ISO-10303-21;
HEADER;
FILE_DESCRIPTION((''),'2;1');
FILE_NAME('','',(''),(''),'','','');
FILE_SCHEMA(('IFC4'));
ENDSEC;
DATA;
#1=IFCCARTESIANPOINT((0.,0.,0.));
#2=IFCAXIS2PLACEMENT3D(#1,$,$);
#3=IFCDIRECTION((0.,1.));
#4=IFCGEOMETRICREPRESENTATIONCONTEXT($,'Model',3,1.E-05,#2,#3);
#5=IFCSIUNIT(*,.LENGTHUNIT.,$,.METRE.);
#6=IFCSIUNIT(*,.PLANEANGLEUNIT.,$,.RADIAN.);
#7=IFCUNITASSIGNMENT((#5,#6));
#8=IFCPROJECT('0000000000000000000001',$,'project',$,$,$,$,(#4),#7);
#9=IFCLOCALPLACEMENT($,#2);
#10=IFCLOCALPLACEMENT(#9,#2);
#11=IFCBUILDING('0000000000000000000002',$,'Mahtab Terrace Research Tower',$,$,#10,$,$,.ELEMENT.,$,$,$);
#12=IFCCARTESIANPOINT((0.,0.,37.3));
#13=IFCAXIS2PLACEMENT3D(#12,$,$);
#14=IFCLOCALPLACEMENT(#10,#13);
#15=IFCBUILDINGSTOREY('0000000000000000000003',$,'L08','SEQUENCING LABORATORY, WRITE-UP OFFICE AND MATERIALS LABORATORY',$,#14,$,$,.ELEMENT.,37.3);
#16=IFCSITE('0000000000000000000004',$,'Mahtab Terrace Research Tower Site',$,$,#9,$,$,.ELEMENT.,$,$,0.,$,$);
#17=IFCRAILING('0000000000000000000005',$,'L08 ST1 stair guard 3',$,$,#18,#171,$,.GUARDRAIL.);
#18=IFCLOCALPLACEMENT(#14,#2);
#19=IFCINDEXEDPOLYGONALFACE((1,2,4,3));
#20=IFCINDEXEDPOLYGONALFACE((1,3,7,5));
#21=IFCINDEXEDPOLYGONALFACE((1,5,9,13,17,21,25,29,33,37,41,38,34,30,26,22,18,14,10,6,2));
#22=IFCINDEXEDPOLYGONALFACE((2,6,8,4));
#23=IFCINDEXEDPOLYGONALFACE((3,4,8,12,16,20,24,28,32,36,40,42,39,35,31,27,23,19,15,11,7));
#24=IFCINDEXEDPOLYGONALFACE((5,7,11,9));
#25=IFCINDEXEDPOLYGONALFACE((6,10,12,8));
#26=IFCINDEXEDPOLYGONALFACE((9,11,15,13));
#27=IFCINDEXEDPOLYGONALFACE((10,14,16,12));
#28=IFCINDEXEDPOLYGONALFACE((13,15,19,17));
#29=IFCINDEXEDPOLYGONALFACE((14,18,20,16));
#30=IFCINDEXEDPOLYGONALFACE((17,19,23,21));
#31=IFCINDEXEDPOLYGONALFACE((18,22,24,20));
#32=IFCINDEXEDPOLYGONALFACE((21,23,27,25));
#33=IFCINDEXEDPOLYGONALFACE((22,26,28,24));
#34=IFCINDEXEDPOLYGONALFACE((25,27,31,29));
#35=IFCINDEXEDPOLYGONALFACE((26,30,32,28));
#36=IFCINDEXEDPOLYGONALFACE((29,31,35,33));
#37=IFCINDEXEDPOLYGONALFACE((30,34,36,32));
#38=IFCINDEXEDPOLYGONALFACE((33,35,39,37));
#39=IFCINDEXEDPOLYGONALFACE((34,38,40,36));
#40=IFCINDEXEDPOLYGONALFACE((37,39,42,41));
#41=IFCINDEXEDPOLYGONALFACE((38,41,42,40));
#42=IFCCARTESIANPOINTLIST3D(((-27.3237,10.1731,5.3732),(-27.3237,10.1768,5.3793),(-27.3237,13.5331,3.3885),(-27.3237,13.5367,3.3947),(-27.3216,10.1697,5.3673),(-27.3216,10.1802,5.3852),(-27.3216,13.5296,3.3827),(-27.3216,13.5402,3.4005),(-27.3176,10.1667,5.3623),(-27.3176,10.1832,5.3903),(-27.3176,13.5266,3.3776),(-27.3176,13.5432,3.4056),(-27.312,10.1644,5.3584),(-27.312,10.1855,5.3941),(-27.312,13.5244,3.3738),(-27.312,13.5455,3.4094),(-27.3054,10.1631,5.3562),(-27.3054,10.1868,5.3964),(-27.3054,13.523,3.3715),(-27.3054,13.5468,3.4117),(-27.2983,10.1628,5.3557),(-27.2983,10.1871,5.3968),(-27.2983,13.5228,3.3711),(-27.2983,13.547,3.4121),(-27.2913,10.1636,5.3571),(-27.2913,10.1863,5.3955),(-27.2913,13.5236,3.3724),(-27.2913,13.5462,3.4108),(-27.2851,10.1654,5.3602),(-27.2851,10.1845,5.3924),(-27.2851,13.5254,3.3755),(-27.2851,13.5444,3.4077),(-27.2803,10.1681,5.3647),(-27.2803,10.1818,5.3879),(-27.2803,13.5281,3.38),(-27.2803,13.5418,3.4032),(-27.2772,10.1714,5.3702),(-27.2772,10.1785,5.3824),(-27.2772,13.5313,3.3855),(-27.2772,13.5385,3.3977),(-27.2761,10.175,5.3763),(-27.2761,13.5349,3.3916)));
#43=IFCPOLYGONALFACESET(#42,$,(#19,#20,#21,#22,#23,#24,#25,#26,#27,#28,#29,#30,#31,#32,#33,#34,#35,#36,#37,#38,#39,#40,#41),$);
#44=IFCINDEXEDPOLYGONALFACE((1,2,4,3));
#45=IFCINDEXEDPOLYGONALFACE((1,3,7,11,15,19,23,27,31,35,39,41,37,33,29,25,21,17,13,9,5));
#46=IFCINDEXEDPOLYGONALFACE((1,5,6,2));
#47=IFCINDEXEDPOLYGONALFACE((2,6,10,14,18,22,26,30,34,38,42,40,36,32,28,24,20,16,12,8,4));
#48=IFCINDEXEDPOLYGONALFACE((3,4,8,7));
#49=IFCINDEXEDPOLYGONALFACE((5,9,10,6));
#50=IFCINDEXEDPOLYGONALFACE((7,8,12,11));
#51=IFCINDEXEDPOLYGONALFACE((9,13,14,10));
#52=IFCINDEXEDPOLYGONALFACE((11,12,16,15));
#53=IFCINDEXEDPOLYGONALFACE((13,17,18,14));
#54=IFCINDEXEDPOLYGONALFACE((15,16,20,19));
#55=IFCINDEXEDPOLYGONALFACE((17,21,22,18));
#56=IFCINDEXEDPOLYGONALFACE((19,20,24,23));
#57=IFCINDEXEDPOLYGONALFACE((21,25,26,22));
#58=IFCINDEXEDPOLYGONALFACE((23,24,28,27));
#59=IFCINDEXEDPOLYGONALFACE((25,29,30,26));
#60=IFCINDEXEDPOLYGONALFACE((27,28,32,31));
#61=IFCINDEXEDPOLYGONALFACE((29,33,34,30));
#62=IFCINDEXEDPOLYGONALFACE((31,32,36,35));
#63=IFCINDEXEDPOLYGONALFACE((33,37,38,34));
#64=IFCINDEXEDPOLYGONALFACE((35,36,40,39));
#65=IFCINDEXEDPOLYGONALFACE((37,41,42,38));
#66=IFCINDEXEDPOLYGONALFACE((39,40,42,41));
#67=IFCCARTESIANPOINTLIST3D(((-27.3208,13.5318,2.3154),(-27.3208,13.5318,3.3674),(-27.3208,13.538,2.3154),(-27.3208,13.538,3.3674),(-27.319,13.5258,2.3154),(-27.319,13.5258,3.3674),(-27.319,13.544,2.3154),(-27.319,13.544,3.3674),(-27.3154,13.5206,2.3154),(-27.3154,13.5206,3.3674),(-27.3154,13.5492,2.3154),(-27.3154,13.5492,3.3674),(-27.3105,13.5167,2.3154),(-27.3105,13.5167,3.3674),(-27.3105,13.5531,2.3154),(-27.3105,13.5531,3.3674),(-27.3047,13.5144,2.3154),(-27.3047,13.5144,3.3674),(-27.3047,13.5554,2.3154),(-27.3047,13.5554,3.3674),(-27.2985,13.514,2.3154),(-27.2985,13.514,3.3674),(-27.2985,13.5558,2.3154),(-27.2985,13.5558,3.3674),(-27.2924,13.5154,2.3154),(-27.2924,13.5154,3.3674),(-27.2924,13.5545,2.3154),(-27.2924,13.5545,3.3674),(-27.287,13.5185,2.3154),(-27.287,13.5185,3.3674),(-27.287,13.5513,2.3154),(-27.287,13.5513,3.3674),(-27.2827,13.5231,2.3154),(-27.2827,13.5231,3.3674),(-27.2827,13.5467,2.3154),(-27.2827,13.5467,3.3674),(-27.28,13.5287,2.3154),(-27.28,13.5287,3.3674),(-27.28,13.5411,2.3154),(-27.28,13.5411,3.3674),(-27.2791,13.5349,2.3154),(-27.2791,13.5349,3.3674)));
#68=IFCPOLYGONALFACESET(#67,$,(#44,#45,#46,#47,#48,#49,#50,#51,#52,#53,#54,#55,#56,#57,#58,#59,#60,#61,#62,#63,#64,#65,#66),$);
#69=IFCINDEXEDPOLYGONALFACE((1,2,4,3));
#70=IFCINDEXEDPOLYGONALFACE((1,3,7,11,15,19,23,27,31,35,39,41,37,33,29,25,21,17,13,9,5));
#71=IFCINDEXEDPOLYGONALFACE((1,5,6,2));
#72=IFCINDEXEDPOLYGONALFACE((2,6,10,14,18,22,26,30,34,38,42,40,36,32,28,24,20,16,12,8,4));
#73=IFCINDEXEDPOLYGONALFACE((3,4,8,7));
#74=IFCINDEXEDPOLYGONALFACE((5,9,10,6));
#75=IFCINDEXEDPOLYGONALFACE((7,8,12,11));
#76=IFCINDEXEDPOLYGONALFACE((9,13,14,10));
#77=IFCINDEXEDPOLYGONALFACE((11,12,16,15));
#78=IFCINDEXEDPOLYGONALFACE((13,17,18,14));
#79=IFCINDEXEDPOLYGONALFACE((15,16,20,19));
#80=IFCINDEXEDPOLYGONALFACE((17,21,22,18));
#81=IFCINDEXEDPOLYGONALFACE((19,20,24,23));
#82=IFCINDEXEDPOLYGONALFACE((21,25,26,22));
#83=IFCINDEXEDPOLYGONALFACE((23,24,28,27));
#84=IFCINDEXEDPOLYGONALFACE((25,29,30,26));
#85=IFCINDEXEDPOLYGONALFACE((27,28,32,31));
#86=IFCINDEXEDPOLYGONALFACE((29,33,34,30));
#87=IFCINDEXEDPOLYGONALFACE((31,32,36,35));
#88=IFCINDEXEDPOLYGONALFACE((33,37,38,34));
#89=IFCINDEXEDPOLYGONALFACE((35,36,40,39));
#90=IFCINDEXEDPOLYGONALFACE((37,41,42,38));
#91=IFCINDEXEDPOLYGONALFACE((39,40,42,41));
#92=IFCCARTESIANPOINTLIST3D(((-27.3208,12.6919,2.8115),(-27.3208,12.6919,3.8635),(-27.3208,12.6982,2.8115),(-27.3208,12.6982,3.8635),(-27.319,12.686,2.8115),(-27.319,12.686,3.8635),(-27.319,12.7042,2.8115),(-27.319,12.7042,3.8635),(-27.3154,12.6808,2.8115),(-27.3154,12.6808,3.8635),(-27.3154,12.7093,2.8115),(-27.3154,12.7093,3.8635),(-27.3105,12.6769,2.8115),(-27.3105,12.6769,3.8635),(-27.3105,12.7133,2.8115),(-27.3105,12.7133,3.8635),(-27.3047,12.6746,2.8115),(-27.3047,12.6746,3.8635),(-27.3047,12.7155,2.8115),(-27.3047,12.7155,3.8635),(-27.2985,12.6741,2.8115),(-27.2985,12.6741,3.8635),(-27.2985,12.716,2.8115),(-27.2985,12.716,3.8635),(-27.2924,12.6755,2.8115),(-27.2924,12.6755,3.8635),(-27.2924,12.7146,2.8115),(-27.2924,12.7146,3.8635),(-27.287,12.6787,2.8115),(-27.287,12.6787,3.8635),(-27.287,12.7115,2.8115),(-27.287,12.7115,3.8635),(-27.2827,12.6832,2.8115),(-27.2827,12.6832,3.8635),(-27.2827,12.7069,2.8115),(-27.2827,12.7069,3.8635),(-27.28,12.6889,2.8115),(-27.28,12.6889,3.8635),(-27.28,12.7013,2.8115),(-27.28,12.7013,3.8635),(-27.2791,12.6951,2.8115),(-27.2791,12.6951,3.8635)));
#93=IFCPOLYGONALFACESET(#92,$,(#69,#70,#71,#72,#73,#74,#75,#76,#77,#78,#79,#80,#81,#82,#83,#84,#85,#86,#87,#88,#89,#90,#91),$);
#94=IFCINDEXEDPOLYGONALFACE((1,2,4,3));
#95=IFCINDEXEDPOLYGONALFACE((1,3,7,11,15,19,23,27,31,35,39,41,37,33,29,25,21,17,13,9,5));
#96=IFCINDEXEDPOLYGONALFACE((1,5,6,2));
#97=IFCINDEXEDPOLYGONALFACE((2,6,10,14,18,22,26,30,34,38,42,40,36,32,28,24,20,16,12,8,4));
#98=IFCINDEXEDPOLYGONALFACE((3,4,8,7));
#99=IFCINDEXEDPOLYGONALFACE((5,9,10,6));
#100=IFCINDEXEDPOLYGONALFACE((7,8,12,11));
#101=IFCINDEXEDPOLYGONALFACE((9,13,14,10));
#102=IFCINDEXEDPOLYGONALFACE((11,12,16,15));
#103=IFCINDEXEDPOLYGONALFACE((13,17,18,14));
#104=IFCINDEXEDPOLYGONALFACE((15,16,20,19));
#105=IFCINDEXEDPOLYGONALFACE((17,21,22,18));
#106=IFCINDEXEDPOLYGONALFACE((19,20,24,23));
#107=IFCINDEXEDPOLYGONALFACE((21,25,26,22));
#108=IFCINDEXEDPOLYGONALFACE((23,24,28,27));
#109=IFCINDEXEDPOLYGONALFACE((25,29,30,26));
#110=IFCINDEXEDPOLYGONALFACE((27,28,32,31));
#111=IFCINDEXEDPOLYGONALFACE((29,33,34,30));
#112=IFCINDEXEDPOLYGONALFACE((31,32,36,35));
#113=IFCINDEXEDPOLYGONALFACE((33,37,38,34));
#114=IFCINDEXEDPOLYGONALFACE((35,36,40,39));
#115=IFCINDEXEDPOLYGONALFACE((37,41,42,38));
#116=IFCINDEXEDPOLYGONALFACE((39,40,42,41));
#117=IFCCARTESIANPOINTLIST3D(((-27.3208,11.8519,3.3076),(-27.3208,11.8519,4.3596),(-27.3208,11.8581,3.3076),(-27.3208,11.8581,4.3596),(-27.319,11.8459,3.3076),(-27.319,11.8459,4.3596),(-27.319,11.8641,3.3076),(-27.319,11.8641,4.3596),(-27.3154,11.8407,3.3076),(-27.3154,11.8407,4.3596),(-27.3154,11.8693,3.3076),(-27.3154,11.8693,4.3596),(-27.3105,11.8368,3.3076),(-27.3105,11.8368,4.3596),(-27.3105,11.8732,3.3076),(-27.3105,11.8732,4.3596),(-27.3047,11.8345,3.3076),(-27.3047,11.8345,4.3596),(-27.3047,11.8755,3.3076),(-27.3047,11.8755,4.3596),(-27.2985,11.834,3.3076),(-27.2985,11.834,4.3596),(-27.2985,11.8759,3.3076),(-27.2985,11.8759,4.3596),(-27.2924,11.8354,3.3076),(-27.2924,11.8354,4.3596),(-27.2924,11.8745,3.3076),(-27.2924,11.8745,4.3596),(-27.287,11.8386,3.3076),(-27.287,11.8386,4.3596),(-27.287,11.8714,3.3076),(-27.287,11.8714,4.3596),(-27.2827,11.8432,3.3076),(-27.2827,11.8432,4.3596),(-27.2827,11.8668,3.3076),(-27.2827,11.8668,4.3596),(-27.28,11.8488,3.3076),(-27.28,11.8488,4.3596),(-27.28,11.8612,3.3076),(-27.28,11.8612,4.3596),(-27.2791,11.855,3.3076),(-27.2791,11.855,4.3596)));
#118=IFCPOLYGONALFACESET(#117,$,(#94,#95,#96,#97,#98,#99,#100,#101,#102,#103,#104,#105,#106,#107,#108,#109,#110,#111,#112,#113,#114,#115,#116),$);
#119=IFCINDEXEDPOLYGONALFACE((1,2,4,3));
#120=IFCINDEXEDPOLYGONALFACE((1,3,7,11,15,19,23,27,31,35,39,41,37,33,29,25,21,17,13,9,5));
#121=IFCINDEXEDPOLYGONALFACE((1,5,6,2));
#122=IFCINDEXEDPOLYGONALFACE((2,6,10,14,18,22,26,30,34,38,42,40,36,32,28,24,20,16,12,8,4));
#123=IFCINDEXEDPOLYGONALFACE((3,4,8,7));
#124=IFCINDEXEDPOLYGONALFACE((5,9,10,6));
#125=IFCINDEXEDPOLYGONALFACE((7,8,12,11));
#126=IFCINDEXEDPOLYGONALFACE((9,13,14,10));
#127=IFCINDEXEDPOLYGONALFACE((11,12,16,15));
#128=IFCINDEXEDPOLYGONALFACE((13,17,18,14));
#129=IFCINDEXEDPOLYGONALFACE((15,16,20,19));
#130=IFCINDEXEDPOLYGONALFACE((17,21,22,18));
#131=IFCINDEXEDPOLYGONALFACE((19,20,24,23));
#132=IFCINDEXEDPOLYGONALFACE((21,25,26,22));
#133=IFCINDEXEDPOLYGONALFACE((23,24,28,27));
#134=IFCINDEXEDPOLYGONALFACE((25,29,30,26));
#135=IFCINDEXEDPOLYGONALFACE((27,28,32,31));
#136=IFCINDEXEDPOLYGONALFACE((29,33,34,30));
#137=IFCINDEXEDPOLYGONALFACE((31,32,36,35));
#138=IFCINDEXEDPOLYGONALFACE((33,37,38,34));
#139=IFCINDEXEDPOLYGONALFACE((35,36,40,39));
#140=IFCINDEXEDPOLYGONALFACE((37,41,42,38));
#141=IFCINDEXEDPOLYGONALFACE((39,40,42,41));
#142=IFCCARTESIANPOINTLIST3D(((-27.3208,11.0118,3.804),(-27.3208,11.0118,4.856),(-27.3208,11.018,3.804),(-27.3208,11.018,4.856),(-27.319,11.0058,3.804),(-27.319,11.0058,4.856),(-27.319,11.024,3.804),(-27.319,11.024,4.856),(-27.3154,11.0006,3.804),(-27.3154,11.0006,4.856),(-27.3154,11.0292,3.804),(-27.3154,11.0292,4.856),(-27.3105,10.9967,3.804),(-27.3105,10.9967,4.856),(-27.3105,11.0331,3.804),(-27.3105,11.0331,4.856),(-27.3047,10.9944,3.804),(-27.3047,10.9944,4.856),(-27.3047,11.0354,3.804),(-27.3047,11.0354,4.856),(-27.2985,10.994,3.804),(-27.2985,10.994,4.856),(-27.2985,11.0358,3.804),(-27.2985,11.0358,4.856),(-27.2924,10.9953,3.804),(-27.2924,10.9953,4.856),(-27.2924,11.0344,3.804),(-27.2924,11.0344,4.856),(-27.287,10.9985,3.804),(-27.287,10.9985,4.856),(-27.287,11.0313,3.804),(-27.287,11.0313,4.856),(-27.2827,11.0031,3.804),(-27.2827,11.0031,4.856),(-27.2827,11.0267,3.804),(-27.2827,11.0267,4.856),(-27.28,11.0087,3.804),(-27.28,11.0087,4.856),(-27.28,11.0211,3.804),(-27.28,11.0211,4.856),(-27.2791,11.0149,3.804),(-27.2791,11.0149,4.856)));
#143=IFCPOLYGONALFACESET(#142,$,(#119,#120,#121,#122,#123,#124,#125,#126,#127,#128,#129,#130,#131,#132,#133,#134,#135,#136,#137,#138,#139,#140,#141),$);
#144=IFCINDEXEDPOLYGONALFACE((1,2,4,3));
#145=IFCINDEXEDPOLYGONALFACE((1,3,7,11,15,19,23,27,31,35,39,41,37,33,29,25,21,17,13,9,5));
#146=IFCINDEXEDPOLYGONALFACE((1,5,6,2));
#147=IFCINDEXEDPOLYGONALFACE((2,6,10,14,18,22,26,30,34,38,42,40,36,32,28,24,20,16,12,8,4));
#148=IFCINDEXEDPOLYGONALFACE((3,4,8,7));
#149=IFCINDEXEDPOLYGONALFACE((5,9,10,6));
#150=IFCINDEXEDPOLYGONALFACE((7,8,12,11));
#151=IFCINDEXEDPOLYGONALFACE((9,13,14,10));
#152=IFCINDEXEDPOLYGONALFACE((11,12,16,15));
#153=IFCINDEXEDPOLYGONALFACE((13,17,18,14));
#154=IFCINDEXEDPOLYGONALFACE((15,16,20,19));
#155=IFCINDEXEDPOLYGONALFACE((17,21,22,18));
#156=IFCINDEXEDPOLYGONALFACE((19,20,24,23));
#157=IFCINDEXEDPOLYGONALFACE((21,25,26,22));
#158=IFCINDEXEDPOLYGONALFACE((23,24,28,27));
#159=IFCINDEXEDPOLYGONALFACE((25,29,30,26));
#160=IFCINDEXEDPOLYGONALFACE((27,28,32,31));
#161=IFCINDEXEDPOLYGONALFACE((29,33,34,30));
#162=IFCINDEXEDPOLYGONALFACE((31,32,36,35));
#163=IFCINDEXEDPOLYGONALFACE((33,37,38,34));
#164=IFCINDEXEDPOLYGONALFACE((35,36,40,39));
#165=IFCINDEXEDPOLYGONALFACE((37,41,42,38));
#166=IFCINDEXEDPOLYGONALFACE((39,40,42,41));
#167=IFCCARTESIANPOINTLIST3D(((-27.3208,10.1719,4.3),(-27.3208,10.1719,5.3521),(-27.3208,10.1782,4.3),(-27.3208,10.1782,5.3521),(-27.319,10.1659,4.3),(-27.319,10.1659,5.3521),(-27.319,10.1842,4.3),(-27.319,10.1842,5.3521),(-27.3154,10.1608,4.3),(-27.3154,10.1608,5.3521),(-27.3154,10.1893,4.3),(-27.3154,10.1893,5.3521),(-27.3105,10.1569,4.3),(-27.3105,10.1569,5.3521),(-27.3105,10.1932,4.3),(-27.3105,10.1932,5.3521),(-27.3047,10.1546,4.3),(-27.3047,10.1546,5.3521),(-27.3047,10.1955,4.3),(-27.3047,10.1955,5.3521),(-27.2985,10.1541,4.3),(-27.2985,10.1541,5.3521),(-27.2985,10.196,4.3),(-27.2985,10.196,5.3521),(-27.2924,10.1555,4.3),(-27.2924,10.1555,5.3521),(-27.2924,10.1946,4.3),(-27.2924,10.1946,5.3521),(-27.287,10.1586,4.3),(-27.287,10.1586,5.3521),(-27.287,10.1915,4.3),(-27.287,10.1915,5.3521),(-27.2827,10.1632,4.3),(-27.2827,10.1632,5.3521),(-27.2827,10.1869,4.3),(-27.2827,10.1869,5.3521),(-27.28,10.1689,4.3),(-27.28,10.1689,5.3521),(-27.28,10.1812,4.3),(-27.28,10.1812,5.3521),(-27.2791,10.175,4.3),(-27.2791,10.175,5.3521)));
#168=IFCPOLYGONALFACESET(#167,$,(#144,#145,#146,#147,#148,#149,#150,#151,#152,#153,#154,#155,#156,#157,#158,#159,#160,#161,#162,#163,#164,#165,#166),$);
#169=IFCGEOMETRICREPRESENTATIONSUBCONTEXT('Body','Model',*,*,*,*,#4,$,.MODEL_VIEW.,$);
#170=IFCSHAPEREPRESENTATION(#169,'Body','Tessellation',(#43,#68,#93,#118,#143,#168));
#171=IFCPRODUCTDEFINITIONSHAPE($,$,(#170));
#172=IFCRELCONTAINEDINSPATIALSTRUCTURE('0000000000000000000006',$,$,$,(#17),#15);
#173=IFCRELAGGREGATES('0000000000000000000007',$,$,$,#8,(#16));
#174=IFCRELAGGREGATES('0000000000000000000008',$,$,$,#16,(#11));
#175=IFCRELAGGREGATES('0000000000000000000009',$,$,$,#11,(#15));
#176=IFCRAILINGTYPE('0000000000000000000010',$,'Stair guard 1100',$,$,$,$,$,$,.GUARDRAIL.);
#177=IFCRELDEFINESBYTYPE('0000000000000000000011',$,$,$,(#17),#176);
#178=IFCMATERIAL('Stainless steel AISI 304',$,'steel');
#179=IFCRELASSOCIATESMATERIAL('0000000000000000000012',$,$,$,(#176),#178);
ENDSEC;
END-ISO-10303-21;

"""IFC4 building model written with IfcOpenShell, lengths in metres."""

from ifc_helpers import new_model, si_unit, direction, frame, origin, origin_2d, place, context, subcontext, project, spatial, circle, extrude, material, type_object, element, save


model = new_model("IFC4")

# Units and contexts
model_context = context("Model", 3, precision=1e-05, world=origin(), true_north=direction((0.0, 1.0)))
body_context = subcontext(model_context, "Body", "Model", "MODEL_VIEW")
ifc_project = project(units=[si_unit("LENGTHUNIT", "METRE"), si_unit("PLANEANGLEUNIT", "RADIAN")], contexts=[model_context])

# Site, building, storey
site_placement = place(None, origin())
site = spatial("IfcSite", under=ifc_project, at=site_placement, Name="Mahtab Terrace Research Tower Site", CompositionType="ELEMENT", RefElevation=0.0)
building_placement = place(site_placement, origin())
building = spatial("IfcBuilding", under=site, at=building_placement, Name="Mahtab Terrace Research Tower", CompositionType="ELEMENT")
storey_placement = place(building_placement, frame((0.0, 0.0, 37.3)))
storey = spatial("IfcBuildingStorey", under=building, at=storey_placement, Name="L08", Description="SEQUENCING LABORATORY, WRITE-UP OFFICE AND MATERIALS LABORATORY", CompositionType="ELEMENT", Elevation=37.3)

# Railing
ifc_material_1 = material(Name="Stainless steel AISI 304", Category="steel")
railing_type_1 = type_object("IfcRailingType", Name="Stair guard 1100", PredefinedType="GUARDRAIL", material=ifc_material_1)
railing_1_placement = place(storey_placement, frame((-27.3, 13.5349, 2.3154)))
element("IfcRailing", 1, at=railing_1_placement, inside=storey, type_object=railing_type_1, Name="L08 ST1 stair guard 3", PredefinedType="GUARDRAIL", context=body_context, shape_type="SweptSolid", body=[
    extrude(circle(Radius=0.0239, at=origin_2d()), frame((0.0, 0.0, 1.0762), z_axis=(0.0, -0.861011, 0.508586), x_axis=(1.0, 0.0, 0.0)), (0.0, 0.0, 1.0), 3.9023),
    extrude(circle(Radius=0.021, at=origin_2d()), origin(), (0.0, 0.0, 1.0), 1.052),
    extrude(circle(Radius=0.021, at=origin_2d()), frame((0.0, -0.8398, 0.4961)), (0.0, 0.0, 1.0), 1.052),
    extrude(circle(Radius=0.021, at=origin_2d()), frame((0.0, -1.6799, 0.9922)), (0.0, 0.0, 1.0), 1.052),
    extrude(circle(Radius=0.021, at=origin_2d()), frame((0.0, -2.52, 1.4885)), (0.0, 0.0, 1.0), 1.052),
    extrude(circle(Radius=0.021, at=origin_2d()), frame((0.0, -3.3599, 1.9846)), (0.0, 0.0, 1.0), 1.052),
])

save(model, "model.ifc")
